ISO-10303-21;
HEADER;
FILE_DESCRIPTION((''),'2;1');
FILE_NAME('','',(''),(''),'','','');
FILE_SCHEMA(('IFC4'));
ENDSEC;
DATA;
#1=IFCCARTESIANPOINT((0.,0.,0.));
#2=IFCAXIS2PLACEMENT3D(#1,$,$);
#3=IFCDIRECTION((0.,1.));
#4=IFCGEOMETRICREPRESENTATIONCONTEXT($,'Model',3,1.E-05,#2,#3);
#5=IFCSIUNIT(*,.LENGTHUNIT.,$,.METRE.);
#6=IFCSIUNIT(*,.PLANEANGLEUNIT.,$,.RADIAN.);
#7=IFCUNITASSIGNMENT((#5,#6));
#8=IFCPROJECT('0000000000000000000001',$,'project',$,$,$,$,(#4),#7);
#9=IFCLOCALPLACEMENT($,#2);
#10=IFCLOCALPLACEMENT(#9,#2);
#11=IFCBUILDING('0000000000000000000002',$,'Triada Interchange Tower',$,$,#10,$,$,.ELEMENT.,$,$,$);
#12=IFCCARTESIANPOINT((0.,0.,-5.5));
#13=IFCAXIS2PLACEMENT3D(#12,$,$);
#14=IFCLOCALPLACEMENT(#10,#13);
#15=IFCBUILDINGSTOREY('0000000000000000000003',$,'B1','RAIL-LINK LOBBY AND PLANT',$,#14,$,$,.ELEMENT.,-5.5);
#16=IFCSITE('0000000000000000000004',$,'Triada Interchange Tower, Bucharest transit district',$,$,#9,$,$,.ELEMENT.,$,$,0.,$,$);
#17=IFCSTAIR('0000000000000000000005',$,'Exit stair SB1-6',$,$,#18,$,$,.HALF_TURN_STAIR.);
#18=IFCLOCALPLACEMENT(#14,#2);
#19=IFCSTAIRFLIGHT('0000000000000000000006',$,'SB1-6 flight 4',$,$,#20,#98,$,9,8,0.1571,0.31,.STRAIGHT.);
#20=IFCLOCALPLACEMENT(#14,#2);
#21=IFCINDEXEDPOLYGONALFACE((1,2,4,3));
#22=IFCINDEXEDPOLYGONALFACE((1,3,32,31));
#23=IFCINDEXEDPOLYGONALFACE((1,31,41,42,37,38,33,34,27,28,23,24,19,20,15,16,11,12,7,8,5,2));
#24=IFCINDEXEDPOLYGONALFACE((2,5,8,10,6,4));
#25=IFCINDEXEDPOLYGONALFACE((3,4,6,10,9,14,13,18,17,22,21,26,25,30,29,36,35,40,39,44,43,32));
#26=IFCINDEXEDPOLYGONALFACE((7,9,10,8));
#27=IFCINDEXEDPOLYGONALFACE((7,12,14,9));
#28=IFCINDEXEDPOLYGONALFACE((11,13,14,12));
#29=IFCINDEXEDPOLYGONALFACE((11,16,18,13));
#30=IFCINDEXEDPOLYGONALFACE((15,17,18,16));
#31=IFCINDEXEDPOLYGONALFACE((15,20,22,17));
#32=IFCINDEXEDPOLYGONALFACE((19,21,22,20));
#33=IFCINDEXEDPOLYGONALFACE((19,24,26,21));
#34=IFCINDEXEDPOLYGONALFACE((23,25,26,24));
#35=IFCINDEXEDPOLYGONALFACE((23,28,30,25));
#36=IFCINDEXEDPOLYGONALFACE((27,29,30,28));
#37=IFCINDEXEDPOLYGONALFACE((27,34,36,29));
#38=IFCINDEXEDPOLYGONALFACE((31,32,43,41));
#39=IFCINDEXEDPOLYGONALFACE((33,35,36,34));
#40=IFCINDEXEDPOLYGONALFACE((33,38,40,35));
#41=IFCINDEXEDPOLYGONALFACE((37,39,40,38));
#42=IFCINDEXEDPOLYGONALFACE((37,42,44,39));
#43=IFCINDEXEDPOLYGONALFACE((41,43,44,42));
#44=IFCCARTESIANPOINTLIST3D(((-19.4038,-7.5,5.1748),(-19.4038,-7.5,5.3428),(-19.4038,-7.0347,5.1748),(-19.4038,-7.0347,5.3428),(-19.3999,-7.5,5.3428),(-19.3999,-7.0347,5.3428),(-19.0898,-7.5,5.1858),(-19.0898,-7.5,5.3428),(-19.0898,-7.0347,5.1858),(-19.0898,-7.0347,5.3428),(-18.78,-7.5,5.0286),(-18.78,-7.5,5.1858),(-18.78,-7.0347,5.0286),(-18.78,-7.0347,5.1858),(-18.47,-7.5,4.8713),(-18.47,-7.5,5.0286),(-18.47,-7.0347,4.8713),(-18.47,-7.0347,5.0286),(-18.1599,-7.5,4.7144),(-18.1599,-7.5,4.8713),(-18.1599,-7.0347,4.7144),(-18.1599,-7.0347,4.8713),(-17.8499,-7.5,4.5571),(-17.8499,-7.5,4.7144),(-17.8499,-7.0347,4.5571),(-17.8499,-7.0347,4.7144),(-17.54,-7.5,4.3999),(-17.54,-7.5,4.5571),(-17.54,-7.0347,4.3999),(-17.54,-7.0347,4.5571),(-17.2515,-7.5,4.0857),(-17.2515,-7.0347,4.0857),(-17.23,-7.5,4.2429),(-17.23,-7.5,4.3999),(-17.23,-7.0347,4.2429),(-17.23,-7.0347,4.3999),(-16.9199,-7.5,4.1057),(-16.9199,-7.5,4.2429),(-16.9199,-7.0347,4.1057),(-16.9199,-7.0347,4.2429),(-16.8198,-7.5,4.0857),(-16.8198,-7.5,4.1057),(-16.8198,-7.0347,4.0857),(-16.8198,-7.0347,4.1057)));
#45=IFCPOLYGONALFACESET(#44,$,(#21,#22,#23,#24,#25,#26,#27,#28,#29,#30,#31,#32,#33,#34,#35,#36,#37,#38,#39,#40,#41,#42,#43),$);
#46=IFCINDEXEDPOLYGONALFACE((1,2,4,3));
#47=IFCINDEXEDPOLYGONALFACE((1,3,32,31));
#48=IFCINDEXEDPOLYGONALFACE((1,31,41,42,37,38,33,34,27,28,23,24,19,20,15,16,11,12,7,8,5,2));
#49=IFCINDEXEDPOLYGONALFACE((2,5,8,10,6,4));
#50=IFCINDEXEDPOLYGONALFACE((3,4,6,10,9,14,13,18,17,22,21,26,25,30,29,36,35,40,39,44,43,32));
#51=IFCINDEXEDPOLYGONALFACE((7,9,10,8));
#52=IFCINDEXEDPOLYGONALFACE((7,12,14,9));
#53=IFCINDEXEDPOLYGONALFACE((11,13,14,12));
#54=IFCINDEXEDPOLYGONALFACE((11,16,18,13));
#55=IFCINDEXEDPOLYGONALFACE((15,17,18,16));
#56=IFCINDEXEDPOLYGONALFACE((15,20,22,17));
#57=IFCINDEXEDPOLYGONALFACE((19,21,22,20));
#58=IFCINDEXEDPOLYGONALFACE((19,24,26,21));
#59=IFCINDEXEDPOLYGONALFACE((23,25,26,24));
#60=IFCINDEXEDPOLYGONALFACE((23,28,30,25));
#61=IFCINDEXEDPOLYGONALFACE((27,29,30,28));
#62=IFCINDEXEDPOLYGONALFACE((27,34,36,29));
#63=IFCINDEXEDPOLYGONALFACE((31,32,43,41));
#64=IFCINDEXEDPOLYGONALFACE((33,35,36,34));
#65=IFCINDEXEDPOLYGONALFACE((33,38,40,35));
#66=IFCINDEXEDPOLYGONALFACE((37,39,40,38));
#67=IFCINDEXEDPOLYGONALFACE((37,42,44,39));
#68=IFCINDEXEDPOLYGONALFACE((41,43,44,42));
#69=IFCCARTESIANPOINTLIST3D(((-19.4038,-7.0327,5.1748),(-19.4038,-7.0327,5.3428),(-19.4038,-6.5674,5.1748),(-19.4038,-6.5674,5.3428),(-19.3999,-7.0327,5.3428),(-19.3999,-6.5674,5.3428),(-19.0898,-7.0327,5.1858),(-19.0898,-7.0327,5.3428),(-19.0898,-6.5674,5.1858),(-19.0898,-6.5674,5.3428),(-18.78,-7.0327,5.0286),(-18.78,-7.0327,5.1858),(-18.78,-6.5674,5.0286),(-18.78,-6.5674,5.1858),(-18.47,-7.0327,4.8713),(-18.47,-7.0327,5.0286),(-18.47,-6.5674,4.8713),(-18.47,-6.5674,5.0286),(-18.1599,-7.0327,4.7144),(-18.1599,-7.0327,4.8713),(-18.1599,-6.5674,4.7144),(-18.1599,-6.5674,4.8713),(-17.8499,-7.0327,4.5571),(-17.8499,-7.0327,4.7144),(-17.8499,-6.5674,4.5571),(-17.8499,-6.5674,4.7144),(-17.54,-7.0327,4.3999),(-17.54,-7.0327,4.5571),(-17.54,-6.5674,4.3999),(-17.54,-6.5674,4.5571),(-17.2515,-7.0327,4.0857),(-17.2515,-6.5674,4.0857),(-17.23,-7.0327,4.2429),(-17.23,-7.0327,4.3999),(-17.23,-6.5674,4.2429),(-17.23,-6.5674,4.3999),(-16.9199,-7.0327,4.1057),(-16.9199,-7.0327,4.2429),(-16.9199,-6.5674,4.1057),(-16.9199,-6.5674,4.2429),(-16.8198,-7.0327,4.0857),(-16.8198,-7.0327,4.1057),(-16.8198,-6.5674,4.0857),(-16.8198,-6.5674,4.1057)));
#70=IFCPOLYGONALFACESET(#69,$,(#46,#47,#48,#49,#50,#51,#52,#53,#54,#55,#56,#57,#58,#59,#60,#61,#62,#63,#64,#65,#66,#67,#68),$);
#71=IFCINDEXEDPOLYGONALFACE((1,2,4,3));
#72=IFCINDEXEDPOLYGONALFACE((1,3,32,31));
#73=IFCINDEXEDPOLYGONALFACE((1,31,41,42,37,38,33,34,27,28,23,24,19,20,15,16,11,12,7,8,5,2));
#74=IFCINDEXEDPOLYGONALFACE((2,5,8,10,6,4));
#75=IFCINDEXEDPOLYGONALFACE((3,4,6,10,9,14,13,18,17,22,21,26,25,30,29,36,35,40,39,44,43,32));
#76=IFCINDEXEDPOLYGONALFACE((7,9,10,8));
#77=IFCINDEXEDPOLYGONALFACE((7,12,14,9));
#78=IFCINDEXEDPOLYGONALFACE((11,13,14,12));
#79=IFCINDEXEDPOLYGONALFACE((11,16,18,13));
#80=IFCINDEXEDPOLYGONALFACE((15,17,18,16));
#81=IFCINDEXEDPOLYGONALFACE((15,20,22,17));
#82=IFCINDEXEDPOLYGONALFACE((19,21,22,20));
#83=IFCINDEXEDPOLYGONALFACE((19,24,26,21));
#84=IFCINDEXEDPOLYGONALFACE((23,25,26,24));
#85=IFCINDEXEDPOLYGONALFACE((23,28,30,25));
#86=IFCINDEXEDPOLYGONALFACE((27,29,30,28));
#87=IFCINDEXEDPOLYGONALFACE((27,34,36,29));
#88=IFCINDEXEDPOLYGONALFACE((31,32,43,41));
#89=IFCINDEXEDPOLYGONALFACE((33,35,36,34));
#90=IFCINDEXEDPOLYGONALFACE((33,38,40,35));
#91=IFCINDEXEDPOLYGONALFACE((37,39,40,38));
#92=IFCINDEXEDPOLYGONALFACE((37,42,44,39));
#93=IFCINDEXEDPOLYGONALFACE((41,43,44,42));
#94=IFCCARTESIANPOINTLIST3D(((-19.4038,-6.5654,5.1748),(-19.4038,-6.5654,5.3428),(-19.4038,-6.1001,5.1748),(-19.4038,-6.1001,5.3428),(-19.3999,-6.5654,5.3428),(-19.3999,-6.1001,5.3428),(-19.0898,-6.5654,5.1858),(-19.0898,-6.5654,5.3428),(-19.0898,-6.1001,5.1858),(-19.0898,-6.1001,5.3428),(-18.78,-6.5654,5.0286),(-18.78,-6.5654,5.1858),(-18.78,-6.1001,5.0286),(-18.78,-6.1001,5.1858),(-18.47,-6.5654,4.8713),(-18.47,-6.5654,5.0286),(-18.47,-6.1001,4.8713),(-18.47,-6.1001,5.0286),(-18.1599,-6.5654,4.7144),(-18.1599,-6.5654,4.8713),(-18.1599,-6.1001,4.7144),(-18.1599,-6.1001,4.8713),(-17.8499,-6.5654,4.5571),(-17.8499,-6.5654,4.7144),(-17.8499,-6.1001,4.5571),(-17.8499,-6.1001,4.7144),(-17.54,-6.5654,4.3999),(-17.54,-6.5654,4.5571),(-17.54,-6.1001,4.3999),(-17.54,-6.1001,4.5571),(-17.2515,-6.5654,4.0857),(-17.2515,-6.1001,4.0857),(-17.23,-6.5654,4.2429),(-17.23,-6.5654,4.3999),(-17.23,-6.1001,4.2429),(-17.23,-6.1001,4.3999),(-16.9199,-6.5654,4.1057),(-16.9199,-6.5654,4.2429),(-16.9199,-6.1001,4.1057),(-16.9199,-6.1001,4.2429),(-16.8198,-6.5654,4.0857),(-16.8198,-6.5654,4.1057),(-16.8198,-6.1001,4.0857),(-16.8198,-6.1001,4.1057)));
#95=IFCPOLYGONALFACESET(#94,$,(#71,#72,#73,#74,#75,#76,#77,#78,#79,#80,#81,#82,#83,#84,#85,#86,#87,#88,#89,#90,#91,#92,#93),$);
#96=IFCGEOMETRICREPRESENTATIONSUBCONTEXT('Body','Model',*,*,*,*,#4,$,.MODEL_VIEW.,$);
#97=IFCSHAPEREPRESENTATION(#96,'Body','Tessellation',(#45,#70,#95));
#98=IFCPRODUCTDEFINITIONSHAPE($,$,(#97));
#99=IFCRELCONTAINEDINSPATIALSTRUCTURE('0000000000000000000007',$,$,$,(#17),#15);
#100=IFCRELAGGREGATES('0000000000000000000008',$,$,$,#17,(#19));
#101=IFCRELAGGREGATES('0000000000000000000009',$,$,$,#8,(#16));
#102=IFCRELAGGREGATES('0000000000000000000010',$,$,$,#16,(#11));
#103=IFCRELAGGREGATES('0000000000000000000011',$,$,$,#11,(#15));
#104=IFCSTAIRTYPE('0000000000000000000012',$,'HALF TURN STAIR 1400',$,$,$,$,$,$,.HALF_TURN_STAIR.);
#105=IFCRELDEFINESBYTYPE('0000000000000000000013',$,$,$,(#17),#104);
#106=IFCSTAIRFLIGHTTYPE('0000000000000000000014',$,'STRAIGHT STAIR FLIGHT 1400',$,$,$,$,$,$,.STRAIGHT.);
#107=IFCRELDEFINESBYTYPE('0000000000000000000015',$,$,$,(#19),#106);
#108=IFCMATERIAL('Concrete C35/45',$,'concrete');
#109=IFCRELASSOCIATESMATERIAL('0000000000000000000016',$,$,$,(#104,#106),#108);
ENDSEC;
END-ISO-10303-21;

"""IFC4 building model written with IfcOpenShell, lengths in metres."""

from ifc_helpers import new_model, si_unit, direction, frame, origin, place, context, subcontext, project, spatial, polyline, outline, extrude, material, type_object, element, aggregate, save


model = new_model("IFC4")

# Units and contexts
model_context = context("Model", 3, precision=1e-05, world=origin(), true_north=direction((0.0, 1.0)))
body_context = subcontext(model_context, "Body", "Model", "MODEL_VIEW")
ifc_project = project(units=[si_unit("LENGTHUNIT", "METRE"), si_unit("PLANEANGLEUNIT", "RADIAN")], contexts=[model_context])

# Site, building, storey
site_placement = place(None, origin())
site = spatial("IfcSite", under=ifc_project, at=site_placement, Name="Triada Interchange Tower, Bucharest transit district", CompositionType="ELEMENT", RefElevation=0.0)
building_placement = place(site_placement, origin())
building = spatial("IfcBuilding", under=site, at=building_placement, Name="Triada Interchange Tower", CompositionType="ELEMENT")
storey_placement = place(building_placement, frame((0.0, 0.0, -5.5)))
storey = spatial("IfcBuildingStorey", under=building, at=storey_placement, Name="B1", Description="RAIL-LINK LOBBY AND PLANT", CompositionType="ELEMENT", Elevation=-5.5)

# Stair, stair flight
ifc_material_1 = material(Name="Concrete C35/45", Category="concrete")
stair_type = type_object("IfcStairType", Name="HALF TURN STAIR 1400", PredefinedType="HALF_TURN_STAIR", material=ifc_material_1)
stair_placement = place(storey_placement, origin())
stair = element("IfcStair", 1, at=stair_placement, inside=storey, type_object=stair_type, Name="Exit stair SB1-6", PredefinedType="HALF_TURN_STAIR")
stair_flight_type = type_object("IfcStairFlightType", Name="STRAIGHT STAIR FLIGHT 1400", PredefinedType="STRAIGHT", material=ifc_material_1)
stair_flight_1_placement = place(storey_placement, frame((-16.9199, -6.8, 4.0857), z_axis=(0.0, 0.0, 1.0), x_axis=(-1.0, 0.0, 0.0)))
stair_flight_1 = element("IfcStairFlight", 2, at=stair_flight_1_placement, type_object=stair_flight_type, Name="SB1-6 flight 4", NumberOfRisers=9, NumberOfTreads=8, PredefinedType="STRAIGHT", RiserHeight=0.1571, TreadLength=0.31, context=body_context, shape_type="SweptSolid", body=[
    extrude(outline(polyline([(-0.1001, 0.0), (-0.1001, 0.02), (0.0, 0.02), (0.0, 0.1572), (0.3101, 0.1572), (0.3101, 0.3142), (0.6201, 0.3142), (0.6201, 0.4714), (0.9299, 0.4714), (0.9299, 0.6287), (1.24, 0.6287), (1.24, 0.7856), (1.55, 0.7856), (1.55, 0.9429), (1.8601, 0.9429), (1.8601, 1.1001), (2.1699, 1.1001), (2.1699, 1.2571), (2.48, 1.2571), (2.4839, 1.2571), (2.4839, 1.4143), (2.4839, 1.0891), (0.3315, 0.0), (-0.1001, 0.0)])), frame((0.0, 0.7, 0.0), z_axis=(0.0, -1.0, 0.0), x_axis=(1.0, 0.0, 0.0)), (0.0, 0.0, 1.0), 0.4653),
    extrude(outline(polyline([(-0.1001, 0.0), (-0.1001, 0.02), (0.0, 0.02), (0.0, 0.1572), (0.3101, 0.1572), (0.3101, 0.3142), (0.6201, 0.3142), (0.6201, 0.4714), (0.9299, 0.4714), (0.9299, 0.6287), (1.24, 0.6287), (1.24, 0.7856), (1.55, 0.7856), (1.55, 0.9429), (1.8601, 0.9429), (1.8601, 1.1001), (2.1699, 1.1001), (2.1699, 1.2571), (2.48, 1.2571), (2.4839, 1.2571), (2.4839, 1.4143), (2.4839, 1.0891), (0.3315, 0.0), (-0.1001, 0.0)])), frame((0.0, 0.2327, 0.0), z_axis=(0.0, -1.0, 0.0), x_axis=(1.0, 0.0, 0.0)), (0.0, 0.0, 1.0), 0.4653),
    extrude(outline(polyline([(-0.1001, 0.0), (-0.1001, 0.02), (0.0, 0.02), (0.0, 0.1572), (0.3101, 0.1572), (0.3101, 0.3142), (0.6201, 0.3142), (0.6201, 0.4714), (0.9299, 0.4714), (0.9299, 0.6287), (1.24, 0.6287), (1.24, 0.7856), (1.55, 0.7856), (1.55, 0.9429), (1.8601, 0.9429), (1.8601, 1.1001), (2.1699, 1.1001), (2.1699, 1.2571), (2.48, 1.2571), (2.4839, 1.2571), (2.4839, 1.4143), (2.4839, 1.0891), (0.3315, 0.0), (-0.1001, 0.0)])), frame((0.0, -0.2346, 0.0), z_axis=(0.0, -1.0, 0.0), x_axis=(1.0, 0.0, 0.0)), (0.0, 0.0, 1.0), 0.4653),
])
aggregate(stair, [stair_flight_1])

save(model, "model.ifc")
